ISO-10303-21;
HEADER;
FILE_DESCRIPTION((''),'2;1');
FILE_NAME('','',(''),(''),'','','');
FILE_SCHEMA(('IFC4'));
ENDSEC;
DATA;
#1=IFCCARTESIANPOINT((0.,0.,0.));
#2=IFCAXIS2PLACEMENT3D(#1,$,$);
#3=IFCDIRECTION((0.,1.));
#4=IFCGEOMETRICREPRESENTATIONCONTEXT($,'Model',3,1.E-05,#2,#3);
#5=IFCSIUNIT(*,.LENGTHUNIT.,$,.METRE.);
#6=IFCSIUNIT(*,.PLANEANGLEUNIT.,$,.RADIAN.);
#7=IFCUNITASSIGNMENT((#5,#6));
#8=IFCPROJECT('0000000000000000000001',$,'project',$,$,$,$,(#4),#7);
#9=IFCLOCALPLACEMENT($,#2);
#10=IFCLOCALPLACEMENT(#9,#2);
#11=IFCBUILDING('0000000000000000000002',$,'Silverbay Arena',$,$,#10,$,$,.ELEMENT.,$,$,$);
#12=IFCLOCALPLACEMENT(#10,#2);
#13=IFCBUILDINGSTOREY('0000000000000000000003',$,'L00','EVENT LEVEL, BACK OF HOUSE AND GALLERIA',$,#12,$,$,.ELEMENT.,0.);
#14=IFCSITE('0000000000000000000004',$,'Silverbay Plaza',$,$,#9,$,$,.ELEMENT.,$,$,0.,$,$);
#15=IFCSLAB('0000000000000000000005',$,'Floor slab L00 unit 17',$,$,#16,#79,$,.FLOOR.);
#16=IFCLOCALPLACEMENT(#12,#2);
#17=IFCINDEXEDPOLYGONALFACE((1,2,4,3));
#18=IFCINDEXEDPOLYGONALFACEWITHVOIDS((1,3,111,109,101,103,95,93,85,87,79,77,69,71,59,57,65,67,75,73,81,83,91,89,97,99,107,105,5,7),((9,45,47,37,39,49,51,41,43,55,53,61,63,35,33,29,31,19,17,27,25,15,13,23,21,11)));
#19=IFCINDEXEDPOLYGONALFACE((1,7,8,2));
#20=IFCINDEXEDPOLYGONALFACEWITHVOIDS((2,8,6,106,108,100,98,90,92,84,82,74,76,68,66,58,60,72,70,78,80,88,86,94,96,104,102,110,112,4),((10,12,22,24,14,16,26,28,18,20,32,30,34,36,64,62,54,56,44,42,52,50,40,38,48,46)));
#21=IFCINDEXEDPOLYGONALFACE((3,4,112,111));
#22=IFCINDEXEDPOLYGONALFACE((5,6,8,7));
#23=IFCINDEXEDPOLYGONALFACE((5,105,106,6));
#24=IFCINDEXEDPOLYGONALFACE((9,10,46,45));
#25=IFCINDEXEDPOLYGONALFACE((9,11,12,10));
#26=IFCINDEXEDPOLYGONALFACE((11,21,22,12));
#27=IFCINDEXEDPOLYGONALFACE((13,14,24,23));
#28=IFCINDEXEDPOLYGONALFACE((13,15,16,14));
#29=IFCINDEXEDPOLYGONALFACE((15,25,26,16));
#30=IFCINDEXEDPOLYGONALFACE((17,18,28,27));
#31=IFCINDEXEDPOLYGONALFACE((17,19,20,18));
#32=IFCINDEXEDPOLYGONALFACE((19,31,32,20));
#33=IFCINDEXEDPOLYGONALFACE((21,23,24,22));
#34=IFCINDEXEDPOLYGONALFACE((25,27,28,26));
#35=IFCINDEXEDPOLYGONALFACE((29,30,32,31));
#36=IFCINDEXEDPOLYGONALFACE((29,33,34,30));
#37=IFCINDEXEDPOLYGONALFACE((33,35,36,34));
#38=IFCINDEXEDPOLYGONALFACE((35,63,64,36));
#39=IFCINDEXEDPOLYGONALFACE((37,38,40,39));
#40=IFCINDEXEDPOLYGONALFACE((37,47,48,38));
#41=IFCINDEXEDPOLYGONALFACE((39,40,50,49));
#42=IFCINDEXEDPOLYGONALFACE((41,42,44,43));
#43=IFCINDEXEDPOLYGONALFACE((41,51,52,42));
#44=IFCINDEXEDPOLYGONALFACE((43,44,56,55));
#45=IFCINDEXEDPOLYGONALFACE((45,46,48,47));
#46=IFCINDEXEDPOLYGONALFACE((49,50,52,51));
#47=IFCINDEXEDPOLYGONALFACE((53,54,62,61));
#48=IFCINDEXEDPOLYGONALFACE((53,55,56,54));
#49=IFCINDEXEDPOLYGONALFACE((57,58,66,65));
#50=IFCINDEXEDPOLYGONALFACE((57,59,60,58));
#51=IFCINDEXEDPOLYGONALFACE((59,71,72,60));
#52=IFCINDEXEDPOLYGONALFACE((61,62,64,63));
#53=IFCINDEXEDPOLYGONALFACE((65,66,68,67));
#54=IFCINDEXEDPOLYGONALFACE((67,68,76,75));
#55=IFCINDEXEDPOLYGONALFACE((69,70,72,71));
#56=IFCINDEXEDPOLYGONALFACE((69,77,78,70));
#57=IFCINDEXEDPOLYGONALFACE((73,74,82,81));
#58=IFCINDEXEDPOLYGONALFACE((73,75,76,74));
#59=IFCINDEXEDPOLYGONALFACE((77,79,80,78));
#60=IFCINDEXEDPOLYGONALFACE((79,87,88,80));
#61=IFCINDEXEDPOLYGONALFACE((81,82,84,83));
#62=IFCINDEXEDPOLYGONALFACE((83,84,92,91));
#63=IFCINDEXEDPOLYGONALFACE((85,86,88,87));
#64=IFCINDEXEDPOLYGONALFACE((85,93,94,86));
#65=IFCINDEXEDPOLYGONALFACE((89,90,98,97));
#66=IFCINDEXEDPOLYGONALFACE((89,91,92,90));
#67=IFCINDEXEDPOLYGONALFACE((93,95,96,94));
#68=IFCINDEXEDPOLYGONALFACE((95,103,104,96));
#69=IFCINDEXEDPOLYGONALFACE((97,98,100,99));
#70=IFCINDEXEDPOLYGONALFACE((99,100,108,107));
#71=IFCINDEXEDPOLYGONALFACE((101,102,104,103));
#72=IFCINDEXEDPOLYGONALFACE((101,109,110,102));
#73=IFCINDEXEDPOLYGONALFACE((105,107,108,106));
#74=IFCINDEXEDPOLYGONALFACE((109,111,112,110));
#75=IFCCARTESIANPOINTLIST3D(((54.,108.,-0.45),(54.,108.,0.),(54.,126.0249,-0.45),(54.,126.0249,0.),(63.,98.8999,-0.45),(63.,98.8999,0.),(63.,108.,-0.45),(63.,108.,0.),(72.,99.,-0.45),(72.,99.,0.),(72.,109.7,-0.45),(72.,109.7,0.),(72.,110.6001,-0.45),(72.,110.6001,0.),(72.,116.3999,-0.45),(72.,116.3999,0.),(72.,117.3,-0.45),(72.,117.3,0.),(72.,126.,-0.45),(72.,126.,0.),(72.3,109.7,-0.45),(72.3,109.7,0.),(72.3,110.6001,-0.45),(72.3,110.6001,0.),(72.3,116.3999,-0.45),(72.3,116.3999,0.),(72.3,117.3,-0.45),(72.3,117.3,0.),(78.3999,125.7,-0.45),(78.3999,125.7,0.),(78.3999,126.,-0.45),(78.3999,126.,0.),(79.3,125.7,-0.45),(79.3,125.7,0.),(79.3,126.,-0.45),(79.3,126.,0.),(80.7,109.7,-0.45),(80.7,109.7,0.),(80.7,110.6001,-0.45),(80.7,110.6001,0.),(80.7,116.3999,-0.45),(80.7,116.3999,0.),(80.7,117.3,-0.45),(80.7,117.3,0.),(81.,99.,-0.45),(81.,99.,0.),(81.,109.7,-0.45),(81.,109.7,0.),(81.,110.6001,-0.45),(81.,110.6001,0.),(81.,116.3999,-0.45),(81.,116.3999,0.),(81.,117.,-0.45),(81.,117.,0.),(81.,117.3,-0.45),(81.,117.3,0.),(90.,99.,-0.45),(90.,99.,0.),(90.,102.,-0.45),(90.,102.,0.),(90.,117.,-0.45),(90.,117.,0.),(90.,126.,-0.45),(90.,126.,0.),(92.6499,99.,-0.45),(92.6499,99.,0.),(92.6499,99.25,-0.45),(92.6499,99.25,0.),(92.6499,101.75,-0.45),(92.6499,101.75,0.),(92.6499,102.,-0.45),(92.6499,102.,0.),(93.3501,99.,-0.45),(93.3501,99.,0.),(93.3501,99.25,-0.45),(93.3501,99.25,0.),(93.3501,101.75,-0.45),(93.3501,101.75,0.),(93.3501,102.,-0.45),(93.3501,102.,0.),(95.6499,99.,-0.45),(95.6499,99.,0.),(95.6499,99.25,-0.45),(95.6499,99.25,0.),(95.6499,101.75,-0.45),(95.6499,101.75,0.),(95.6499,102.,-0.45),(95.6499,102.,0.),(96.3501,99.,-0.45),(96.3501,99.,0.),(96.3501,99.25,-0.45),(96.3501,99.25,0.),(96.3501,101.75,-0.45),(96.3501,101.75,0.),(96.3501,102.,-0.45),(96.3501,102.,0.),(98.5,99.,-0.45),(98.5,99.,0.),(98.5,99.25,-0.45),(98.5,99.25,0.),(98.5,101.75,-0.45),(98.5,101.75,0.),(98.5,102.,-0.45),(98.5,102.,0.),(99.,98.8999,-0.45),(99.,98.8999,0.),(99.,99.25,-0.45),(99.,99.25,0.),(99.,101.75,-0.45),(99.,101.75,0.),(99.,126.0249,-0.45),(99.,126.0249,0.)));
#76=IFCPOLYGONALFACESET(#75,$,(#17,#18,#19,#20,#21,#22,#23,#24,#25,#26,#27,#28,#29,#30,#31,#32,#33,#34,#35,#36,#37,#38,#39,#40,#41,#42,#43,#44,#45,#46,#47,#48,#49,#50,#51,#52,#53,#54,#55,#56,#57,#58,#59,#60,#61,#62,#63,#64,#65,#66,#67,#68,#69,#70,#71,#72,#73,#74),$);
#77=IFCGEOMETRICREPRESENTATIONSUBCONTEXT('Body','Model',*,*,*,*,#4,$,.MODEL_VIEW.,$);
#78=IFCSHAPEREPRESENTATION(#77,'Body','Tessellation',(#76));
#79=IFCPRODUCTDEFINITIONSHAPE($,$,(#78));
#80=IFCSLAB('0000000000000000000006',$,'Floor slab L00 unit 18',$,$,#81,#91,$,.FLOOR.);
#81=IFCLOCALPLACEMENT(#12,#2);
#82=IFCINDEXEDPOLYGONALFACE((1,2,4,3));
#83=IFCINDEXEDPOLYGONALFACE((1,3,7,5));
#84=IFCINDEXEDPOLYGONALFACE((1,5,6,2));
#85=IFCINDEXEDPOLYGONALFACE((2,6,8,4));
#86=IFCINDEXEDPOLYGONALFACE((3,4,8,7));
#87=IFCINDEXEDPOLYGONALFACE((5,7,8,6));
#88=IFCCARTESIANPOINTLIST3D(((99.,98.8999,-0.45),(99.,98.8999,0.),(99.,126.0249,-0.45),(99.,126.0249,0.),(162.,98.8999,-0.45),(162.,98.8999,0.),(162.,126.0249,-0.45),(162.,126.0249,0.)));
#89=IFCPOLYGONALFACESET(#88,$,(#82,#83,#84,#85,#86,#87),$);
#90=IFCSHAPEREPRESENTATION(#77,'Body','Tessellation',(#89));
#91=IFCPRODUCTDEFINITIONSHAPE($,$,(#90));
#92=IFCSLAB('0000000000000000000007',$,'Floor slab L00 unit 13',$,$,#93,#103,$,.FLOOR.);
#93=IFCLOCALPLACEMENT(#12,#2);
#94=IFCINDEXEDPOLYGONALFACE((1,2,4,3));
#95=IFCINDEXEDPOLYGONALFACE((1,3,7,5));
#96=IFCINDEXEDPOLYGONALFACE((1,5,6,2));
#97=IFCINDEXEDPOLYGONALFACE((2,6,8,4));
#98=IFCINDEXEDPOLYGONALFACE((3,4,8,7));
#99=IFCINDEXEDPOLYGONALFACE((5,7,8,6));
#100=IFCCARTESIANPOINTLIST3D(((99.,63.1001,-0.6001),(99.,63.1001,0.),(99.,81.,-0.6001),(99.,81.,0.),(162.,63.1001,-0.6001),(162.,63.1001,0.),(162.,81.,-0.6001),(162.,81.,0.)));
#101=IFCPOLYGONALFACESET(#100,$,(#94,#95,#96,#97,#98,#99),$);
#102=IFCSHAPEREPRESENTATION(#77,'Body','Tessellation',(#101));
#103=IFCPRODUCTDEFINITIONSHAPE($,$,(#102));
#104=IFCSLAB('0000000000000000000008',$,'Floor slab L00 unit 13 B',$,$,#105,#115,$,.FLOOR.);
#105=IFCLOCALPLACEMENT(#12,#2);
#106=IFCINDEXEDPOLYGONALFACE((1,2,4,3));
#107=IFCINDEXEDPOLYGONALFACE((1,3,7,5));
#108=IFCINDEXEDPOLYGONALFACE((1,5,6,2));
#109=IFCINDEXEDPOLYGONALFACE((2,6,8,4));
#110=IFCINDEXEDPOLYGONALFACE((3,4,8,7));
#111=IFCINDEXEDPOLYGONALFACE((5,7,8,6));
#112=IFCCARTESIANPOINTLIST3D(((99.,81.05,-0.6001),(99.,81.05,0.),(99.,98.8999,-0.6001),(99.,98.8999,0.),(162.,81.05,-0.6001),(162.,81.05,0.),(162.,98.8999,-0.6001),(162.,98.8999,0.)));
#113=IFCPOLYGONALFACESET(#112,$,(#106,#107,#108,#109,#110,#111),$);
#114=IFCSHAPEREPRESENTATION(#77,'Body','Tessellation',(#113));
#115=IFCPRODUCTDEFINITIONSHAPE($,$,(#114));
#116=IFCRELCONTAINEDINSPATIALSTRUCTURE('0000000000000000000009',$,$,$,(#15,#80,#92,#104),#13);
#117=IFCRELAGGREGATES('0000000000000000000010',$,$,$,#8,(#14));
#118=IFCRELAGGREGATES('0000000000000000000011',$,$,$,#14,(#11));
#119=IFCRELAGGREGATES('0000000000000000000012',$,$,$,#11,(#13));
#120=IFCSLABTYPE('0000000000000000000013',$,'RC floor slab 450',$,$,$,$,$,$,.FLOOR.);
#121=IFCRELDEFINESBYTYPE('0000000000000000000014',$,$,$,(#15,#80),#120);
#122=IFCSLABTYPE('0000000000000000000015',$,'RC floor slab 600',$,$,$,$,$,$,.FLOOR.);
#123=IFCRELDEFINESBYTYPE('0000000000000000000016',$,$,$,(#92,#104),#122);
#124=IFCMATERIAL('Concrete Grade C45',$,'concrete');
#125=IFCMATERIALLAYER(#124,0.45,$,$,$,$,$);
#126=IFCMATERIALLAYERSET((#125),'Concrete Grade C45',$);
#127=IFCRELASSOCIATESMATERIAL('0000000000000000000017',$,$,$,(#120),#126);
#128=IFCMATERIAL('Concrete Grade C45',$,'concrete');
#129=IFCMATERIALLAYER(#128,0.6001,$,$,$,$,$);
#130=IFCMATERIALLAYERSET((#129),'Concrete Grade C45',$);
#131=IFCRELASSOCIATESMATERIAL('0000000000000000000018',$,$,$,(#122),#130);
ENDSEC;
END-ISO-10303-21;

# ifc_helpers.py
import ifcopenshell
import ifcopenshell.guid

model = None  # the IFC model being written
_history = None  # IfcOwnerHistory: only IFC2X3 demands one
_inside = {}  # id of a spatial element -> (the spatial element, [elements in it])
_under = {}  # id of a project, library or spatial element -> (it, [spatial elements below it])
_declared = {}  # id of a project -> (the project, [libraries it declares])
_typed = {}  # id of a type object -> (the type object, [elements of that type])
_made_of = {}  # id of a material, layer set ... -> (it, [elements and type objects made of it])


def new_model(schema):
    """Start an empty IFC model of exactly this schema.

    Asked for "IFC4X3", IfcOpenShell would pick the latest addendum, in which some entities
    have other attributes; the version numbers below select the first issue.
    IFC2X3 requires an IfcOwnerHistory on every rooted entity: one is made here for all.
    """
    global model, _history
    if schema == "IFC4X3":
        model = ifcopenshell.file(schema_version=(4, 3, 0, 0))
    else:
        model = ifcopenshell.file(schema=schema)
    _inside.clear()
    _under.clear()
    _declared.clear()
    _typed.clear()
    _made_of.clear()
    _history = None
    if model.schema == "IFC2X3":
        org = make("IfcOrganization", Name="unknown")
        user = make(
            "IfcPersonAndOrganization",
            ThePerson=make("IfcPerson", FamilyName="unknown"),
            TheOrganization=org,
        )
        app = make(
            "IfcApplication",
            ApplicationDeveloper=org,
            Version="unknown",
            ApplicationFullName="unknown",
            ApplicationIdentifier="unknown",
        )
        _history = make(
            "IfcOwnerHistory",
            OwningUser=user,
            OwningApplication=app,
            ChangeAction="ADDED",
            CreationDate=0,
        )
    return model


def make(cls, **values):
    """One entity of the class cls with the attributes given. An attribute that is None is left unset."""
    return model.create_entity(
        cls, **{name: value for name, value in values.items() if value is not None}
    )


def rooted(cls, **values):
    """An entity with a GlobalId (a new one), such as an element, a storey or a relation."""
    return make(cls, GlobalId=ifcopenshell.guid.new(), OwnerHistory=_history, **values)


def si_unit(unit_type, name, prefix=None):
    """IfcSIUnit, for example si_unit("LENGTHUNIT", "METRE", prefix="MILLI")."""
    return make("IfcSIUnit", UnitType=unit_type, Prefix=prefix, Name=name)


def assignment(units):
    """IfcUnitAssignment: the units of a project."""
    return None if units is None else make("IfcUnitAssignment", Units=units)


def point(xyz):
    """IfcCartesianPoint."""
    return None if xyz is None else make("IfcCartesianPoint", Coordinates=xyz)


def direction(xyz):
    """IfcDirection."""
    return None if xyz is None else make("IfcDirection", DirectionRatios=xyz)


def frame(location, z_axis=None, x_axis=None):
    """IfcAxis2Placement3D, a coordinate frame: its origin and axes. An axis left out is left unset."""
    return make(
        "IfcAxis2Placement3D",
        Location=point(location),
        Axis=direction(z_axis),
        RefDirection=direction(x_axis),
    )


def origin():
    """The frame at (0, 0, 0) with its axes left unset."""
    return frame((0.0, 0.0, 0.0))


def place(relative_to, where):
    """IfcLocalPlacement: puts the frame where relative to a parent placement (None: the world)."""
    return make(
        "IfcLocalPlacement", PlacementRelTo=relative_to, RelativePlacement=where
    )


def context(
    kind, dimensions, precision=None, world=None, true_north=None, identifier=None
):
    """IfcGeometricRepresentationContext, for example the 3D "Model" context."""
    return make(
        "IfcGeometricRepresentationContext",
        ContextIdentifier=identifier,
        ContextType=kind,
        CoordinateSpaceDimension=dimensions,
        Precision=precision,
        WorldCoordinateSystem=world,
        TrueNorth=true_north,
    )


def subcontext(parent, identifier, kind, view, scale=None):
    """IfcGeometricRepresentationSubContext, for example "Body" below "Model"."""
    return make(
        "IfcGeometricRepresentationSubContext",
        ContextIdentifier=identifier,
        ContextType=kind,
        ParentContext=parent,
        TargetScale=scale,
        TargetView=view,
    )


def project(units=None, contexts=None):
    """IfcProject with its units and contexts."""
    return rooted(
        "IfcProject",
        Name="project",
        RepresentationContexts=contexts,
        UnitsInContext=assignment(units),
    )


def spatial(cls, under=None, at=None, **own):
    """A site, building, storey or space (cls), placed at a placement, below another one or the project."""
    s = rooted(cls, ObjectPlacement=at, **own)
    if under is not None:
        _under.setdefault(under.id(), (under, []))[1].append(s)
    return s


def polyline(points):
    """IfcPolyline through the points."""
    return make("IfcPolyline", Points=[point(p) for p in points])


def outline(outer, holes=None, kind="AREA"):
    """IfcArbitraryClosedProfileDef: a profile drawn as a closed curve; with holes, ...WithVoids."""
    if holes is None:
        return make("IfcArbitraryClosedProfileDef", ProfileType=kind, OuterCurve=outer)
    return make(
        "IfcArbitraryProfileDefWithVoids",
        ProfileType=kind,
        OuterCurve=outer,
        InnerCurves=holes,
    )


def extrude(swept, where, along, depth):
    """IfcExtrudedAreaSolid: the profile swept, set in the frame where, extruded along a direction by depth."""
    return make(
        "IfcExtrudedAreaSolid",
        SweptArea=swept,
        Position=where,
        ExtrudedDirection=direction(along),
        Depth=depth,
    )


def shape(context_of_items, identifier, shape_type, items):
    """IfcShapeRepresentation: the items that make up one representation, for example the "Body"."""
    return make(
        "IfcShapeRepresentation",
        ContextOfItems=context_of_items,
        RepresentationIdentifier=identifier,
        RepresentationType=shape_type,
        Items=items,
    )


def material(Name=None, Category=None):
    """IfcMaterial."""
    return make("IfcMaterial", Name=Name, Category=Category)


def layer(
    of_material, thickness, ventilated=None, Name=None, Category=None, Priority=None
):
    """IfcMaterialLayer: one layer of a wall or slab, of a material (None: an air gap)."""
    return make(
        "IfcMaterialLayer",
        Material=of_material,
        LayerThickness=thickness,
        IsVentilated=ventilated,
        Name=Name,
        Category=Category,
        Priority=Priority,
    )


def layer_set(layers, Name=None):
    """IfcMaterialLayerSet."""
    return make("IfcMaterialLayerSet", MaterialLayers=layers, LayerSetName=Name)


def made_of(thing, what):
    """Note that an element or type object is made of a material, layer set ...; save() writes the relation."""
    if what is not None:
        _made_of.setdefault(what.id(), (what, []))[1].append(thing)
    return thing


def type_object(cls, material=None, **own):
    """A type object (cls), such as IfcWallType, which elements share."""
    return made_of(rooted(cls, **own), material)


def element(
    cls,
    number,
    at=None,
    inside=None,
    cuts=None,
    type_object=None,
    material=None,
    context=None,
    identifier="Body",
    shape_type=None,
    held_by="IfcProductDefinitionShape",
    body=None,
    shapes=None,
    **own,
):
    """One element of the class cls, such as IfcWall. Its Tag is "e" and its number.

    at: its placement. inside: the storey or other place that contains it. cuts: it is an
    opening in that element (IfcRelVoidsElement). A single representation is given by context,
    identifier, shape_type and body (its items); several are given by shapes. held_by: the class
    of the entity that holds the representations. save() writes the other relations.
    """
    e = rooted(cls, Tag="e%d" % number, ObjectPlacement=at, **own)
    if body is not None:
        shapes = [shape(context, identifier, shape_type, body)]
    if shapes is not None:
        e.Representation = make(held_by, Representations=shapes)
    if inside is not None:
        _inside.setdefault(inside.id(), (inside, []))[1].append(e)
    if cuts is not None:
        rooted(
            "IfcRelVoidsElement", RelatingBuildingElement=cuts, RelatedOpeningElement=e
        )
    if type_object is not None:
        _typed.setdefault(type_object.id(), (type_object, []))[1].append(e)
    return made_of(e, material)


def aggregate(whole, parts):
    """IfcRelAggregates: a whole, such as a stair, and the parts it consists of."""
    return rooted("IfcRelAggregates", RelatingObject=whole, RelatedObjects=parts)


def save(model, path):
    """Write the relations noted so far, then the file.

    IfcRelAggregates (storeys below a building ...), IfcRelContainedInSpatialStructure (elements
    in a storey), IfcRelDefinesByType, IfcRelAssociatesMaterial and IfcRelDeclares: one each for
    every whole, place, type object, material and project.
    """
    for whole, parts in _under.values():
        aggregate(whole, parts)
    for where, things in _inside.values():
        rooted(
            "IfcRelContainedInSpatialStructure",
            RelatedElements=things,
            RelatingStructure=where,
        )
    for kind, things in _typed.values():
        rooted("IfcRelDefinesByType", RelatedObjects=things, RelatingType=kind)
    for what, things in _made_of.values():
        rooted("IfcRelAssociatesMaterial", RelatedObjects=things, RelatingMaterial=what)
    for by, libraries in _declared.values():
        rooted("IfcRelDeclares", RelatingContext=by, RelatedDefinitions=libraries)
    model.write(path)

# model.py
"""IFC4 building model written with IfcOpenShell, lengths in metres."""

from ifc_helpers import new_model, si_unit, direction, frame, origin, place, context, subcontext, project, spatial, polyline, outline, extrude, material, layer, layer_set, type_object, element, save


model = new_model("IFC4")

# Units and contexts
model_context = context("Model", 3, precision=1e-05, world=origin(), true_north=direction((0.0, 1.0)))
body_context = subcontext(model_context, "Body", "Model", "MODEL_VIEW")
ifc_project = project(units=[si_unit("LENGTHUNIT", "METRE"), si_unit("PLANEANGLEUNIT", "RADIAN")], contexts=[model_context])

# Site, building, storey
site_placement = place(None, origin())
site = spatial("IfcSite", under=ifc_project, at=site_placement, Name="Silverbay Plaza", CompositionType="ELEMENT", RefElevation=0.0)
building_placement = place(site_placement, origin())
building = spatial("IfcBuilding", under=site, at=building_placement, Name="Silverbay Arena", CompositionType="ELEMENT")
storey_placement = place(building_placement, origin())
storey = spatial("IfcBuildingStorey", under=building, at=storey_placement, Name="L00", Description="EVENT LEVEL, BACK OF HOUSE AND GALLERIA", CompositionType="ELEMENT", Elevation=0.0)

# Slabs
ifc_material_1 = material(Name="Concrete Grade C45", Category="concrete")
ifc_layer_1 = layer(ifc_material_1, 0.45)
ifc_layer_set_1 = layer_set([ifc_layer_1], Name="Concrete Grade C45")
slab_type_1 = type_object("IfcSlabType", Name="RC floor slab 450", PredefinedType="FLOOR", material=ifc_layer_set_1)
slab_1_placement = place(storey_placement, frame((0.0, 0.0, -0.45)))
element("IfcSlab", 1, at=slab_1_placement, inside=storey, type_object=slab_type_1, Name="Floor slab L00 unit 17", PredefinedType="FLOOR", context=body_context, shape_type="SweptSolid", body=[
    extrude(outline(polyline([(92.6499, 99.0), (92.6499, 99.25), (93.3501, 99.25), (93.3501, 99.0), (95.6499, 99.0), (95.6499, 99.25), (96.3501, 99.25), (96.3501, 99.0), (98.5, 99.0), (98.5, 99.25), (99.0, 99.25), (99.0, 98.8999), (63.0, 98.8999), (63.0, 108.0), (54.0, 108.0), (54.0, 126.0249), (99.0, 126.0249), (99.0, 101.75), (98.5, 101.75), (98.5, 102.0), (96.3501, 102.0), (96.3501, 101.75), (95.6499, 101.75), (95.6499, 102.0), (93.3501, 102.0), (93.3501, 101.75), (92.6499, 101.75), (92.6499, 102.0), (90.0, 102.0), (90.0, 99.0), (92.6499, 99.0)]), holes=[polyline([(72.3, 110.6001), (72.3, 109.7), (72.0, 109.7), (72.0, 99.0), (81.0, 99.0), (81.0, 109.7), (80.7, 109.7), (80.7, 110.6001), (81.0, 110.6001), (81.0, 116.3999), (80.7, 116.3999), (80.7, 117.3), (81.0, 117.3), (81.0, 117.0), (90.0, 117.0), (90.0, 126.0), (79.3, 126.0), (79.3, 125.7), (78.3999, 125.7), (78.3999, 126.0), (72.0, 126.0), (72.0, 117.3), (72.3, 117.3), (72.3, 116.3999), (72.0, 116.3999), (72.0, 110.6001), (72.3, 110.6001)])]), origin(), (0.0, 0.0, 1.0), 0.45),
])
slab_2_placement = place(storey_placement, frame((0.0, 0.0, -0.45)))
element("IfcSlab", 2, at=slab_2_placement, inside=storey, type_object=slab_type_1, Name="Floor slab L00 unit 18", PredefinedType="FLOOR", context=body_context, shape_type="SweptSolid", body=[
    extrude(outline(polyline([(99.0, 126.0249), (162.0, 126.0249), (162.0, 98.8999), (99.0, 98.8999), (99.0, 126.0249)])), origin(), (0.0, 0.0, 1.0), 0.45),
])
ifc_material_2 = material(Name="Concrete Grade C45", Category="concrete")
ifc_layer_2 = layer(ifc_material_2, 0.6001)
ifc_layer_set_2 = layer_set([ifc_layer_2], Name="Concrete Grade C45")
slab_type_2 = type_object("IfcSlabType", Name="RC floor slab 600", PredefinedType="FLOOR", material=ifc_layer_set_2)
slab_3_placement = place(storey_placement, frame((0.0, 0.0, -0.6001)))
element("IfcSlab", 3, at=slab_3_placement, inside=storey, type_object=slab_type_2, Name="Floor slab L00 unit 13", PredefinedType="FLOOR", context=body_context, shape_type="SweptSolid", body=[
    extrude(outline(polyline([(99.0, 81.0), (162.0, 81.0), (162.0, 63.1001), (99.0, 63.1001), (99.0, 81.0)])), origin(), (0.0, 0.0, 1.0), 0.6001),
])
slab_4_placement = place(storey_placement, frame((0.0, 0.0, -0.6001)))
element("IfcSlab", 4, at=slab_4_placement, inside=storey, type_object=slab_type_2, Name="Floor slab L00 unit 13 B", PredefinedType="FLOOR", context=body_context, shape_type="SweptSolid", body=[
    extrude(outline(polyline([(99.0, 98.8999), (162.0, 98.8999), (162.0, 81.05), (99.0, 81.05), (99.0, 98.8999)])), origin(), (0.0, 0.0, 1.0), 0.6001),
])

save(model, "model.ifc")
